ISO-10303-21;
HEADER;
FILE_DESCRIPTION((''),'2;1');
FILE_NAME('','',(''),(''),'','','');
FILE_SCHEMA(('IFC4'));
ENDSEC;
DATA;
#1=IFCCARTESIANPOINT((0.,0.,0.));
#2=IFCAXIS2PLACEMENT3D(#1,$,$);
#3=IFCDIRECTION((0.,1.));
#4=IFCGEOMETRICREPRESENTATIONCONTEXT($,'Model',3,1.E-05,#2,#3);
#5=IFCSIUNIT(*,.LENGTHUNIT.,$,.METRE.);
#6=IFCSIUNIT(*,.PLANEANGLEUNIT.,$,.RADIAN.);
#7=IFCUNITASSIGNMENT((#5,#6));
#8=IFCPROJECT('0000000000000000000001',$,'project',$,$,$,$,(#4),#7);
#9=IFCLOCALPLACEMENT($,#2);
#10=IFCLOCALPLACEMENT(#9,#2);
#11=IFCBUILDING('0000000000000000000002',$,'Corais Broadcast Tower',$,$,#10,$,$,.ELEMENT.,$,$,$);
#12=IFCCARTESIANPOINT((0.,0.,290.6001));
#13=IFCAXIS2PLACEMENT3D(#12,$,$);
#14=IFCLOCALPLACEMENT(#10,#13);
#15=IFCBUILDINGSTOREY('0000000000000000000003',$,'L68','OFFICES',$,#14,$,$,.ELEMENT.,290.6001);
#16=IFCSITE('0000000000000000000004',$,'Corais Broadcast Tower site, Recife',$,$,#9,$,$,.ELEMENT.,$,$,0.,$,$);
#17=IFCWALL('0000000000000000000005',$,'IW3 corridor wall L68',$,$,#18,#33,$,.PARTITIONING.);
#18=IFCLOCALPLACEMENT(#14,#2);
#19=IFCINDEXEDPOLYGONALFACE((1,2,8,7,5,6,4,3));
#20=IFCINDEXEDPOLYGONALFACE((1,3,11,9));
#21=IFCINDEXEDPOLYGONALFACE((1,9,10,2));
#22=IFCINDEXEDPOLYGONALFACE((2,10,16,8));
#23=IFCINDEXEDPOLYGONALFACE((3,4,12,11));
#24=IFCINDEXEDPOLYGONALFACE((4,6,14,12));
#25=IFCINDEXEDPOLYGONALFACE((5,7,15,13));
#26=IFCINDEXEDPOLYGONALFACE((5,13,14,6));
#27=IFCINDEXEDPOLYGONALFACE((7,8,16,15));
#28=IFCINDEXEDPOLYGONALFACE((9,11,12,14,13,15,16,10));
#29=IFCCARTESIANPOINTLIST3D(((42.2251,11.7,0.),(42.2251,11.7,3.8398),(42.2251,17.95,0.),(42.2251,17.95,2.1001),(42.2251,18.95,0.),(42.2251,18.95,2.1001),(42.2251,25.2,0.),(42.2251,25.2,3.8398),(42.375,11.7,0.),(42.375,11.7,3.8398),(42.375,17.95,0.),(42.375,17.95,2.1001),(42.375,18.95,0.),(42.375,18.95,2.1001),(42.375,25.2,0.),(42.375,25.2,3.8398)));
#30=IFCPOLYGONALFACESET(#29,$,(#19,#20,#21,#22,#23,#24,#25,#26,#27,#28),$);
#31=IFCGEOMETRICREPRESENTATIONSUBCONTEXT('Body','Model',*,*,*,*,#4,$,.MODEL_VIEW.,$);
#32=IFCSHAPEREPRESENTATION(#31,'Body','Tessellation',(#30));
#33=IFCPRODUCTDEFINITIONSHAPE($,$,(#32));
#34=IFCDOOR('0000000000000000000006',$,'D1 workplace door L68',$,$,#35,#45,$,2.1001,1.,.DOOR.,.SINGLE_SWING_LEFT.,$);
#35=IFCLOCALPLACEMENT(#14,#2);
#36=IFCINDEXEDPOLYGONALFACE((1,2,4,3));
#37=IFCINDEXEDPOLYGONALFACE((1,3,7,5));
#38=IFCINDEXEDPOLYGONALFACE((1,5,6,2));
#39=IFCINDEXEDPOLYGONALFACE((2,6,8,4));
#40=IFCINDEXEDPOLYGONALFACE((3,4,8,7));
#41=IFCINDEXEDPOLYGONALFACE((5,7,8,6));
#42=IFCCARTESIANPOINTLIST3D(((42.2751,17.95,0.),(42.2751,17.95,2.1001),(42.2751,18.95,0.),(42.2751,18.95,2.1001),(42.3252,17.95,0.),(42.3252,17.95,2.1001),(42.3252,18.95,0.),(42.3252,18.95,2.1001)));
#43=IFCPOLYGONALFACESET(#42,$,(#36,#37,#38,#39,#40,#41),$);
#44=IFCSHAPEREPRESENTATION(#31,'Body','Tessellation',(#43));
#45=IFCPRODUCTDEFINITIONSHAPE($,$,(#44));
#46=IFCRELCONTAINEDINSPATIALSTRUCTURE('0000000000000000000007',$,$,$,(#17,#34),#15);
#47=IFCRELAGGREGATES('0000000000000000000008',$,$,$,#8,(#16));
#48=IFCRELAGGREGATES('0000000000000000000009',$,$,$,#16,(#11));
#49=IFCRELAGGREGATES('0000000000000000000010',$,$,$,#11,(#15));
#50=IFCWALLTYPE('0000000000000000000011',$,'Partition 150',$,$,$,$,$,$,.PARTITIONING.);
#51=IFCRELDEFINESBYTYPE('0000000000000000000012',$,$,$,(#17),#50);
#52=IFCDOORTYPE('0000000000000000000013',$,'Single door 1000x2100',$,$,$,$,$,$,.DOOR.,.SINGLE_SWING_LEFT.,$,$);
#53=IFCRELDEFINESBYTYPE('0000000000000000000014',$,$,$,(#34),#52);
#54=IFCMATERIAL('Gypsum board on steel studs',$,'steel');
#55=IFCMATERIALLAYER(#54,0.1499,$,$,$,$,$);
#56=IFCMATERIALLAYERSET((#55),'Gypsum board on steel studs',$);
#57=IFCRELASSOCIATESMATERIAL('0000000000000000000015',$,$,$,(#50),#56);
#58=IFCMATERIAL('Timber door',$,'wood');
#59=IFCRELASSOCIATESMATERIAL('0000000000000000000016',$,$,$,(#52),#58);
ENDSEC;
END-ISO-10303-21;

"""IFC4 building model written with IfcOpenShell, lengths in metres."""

from ifc_helpers import new_model, si_unit, direction, frame, frame_2d, origin, place, context, subcontext, project, spatial, rectangle, extrude, material, layer, layer_set, type_object, element, fill, save


model = new_model("IFC4")

# Units and contexts
model_context = context("Model", 3, precision=1e-05, world=origin(), true_north=direction((0.0, 1.0)))
body_context = subcontext(model_context, "Body", "Model", "MODEL_VIEW")
ifc_project = project(units=[si_unit("LENGTHUNIT", "METRE"), si_unit("PLANEANGLEUNIT", "RADIAN")], contexts=[model_context])

# Site, building, storey
site_placement = place(None, origin())
site = spatial("IfcSite", under=ifc_project, at=site_placement, Name="Corais Broadcast Tower site, Recife", CompositionType="ELEMENT", RefElevation=0.0)
building_placement = place(site_placement, origin())
building = spatial("IfcBuilding", under=site, at=building_placement, Name="Corais Broadcast Tower", CompositionType="ELEMENT")
storey_placement = place(building_placement, frame((0.0, 0.0, 290.6001)))
storey = spatial("IfcBuildingStorey", under=building, at=storey_placement, Name="L68", Description="OFFICES", CompositionType="ELEMENT", Elevation=290.6001)

# Wall, opening, door
ifc_material_1 = material(Name="Gypsum board on steel studs", Category="steel")
ifc_layer_1 = layer(ifc_material_1, 0.1499)
ifc_layer_set_1 = layer_set([ifc_layer_1], Name="Gypsum board on steel studs")
wall_type = type_object("IfcWallType", Name="Partition 150", PredefinedType="PARTITIONING", material=ifc_layer_set_1)
wall_placement = place(storey_placement, frame((42.3, 11.7, 0.0), z_axis=(0.0, 0.0, 1.0), x_axis=(0.0, 1.0, 0.0)))
wall = element("IfcWall", 1, at=wall_placement, inside=storey, type_object=wall_type, Name="IW3 corridor wall L68", PredefinedType="PARTITIONING", context=body_context, shape_type="SweptSolid", body=[
    extrude(rectangle(XDim=13.5, YDim=0.1499, at=frame_2d((6.75, 0.0))), origin(), (0.0, 0.0, 1.0), 3.8398),
])
opening_placement = place(wall_placement, frame((6.25, 0.0, 0.0)))
opening = element("IfcOpeningElement", 2, at=opening_placement, cuts=wall, PredefinedType="OPENING", context=body_context, shape_type="SweptSolid", body=[
    extrude(rectangle(XDim=1.0, YDim=2.1001, at=frame_2d((0.5, 1.05))), frame((0.0, 0.085, 0.0), z_axis=(0.0, -1.0, 0.0), x_axis=(1.0, 0.0, 0.0)), (0.0, 0.0, 1.0), 0.1699),
])
ifc_material_2 = material(Name="Timber door", Category="wood")
door_type = type_object("IfcDoorType", Name="Single door 1000x2100", OperationType="SINGLE_SWING_LEFT", PredefinedType="DOOR", material=ifc_material_2)
door_placement = place(opening_placement, origin())
door = element("IfcDoor", 3, at=door_placement, inside=storey, type_object=door_type, Name="D1 workplace door L68", OperationType="SINGLE_SWING_LEFT", OverallHeight=2.1001, OverallWidth=1.0, PredefinedType="DOOR", context=body_context, shape_type="SweptSolid", body=[
    extrude(rectangle(XDim=1.0, YDim=2.1001, at=frame_2d((0.5, 1.05))), frame((0.0, 0.0249, 0.0), z_axis=(0.0, -1.0, 0.0), x_axis=(1.0, 0.0, 0.0)), (0.0, 0.0, 1.0), 0.05),
])
fill(opening, door)

save(model, "model.ifc")
